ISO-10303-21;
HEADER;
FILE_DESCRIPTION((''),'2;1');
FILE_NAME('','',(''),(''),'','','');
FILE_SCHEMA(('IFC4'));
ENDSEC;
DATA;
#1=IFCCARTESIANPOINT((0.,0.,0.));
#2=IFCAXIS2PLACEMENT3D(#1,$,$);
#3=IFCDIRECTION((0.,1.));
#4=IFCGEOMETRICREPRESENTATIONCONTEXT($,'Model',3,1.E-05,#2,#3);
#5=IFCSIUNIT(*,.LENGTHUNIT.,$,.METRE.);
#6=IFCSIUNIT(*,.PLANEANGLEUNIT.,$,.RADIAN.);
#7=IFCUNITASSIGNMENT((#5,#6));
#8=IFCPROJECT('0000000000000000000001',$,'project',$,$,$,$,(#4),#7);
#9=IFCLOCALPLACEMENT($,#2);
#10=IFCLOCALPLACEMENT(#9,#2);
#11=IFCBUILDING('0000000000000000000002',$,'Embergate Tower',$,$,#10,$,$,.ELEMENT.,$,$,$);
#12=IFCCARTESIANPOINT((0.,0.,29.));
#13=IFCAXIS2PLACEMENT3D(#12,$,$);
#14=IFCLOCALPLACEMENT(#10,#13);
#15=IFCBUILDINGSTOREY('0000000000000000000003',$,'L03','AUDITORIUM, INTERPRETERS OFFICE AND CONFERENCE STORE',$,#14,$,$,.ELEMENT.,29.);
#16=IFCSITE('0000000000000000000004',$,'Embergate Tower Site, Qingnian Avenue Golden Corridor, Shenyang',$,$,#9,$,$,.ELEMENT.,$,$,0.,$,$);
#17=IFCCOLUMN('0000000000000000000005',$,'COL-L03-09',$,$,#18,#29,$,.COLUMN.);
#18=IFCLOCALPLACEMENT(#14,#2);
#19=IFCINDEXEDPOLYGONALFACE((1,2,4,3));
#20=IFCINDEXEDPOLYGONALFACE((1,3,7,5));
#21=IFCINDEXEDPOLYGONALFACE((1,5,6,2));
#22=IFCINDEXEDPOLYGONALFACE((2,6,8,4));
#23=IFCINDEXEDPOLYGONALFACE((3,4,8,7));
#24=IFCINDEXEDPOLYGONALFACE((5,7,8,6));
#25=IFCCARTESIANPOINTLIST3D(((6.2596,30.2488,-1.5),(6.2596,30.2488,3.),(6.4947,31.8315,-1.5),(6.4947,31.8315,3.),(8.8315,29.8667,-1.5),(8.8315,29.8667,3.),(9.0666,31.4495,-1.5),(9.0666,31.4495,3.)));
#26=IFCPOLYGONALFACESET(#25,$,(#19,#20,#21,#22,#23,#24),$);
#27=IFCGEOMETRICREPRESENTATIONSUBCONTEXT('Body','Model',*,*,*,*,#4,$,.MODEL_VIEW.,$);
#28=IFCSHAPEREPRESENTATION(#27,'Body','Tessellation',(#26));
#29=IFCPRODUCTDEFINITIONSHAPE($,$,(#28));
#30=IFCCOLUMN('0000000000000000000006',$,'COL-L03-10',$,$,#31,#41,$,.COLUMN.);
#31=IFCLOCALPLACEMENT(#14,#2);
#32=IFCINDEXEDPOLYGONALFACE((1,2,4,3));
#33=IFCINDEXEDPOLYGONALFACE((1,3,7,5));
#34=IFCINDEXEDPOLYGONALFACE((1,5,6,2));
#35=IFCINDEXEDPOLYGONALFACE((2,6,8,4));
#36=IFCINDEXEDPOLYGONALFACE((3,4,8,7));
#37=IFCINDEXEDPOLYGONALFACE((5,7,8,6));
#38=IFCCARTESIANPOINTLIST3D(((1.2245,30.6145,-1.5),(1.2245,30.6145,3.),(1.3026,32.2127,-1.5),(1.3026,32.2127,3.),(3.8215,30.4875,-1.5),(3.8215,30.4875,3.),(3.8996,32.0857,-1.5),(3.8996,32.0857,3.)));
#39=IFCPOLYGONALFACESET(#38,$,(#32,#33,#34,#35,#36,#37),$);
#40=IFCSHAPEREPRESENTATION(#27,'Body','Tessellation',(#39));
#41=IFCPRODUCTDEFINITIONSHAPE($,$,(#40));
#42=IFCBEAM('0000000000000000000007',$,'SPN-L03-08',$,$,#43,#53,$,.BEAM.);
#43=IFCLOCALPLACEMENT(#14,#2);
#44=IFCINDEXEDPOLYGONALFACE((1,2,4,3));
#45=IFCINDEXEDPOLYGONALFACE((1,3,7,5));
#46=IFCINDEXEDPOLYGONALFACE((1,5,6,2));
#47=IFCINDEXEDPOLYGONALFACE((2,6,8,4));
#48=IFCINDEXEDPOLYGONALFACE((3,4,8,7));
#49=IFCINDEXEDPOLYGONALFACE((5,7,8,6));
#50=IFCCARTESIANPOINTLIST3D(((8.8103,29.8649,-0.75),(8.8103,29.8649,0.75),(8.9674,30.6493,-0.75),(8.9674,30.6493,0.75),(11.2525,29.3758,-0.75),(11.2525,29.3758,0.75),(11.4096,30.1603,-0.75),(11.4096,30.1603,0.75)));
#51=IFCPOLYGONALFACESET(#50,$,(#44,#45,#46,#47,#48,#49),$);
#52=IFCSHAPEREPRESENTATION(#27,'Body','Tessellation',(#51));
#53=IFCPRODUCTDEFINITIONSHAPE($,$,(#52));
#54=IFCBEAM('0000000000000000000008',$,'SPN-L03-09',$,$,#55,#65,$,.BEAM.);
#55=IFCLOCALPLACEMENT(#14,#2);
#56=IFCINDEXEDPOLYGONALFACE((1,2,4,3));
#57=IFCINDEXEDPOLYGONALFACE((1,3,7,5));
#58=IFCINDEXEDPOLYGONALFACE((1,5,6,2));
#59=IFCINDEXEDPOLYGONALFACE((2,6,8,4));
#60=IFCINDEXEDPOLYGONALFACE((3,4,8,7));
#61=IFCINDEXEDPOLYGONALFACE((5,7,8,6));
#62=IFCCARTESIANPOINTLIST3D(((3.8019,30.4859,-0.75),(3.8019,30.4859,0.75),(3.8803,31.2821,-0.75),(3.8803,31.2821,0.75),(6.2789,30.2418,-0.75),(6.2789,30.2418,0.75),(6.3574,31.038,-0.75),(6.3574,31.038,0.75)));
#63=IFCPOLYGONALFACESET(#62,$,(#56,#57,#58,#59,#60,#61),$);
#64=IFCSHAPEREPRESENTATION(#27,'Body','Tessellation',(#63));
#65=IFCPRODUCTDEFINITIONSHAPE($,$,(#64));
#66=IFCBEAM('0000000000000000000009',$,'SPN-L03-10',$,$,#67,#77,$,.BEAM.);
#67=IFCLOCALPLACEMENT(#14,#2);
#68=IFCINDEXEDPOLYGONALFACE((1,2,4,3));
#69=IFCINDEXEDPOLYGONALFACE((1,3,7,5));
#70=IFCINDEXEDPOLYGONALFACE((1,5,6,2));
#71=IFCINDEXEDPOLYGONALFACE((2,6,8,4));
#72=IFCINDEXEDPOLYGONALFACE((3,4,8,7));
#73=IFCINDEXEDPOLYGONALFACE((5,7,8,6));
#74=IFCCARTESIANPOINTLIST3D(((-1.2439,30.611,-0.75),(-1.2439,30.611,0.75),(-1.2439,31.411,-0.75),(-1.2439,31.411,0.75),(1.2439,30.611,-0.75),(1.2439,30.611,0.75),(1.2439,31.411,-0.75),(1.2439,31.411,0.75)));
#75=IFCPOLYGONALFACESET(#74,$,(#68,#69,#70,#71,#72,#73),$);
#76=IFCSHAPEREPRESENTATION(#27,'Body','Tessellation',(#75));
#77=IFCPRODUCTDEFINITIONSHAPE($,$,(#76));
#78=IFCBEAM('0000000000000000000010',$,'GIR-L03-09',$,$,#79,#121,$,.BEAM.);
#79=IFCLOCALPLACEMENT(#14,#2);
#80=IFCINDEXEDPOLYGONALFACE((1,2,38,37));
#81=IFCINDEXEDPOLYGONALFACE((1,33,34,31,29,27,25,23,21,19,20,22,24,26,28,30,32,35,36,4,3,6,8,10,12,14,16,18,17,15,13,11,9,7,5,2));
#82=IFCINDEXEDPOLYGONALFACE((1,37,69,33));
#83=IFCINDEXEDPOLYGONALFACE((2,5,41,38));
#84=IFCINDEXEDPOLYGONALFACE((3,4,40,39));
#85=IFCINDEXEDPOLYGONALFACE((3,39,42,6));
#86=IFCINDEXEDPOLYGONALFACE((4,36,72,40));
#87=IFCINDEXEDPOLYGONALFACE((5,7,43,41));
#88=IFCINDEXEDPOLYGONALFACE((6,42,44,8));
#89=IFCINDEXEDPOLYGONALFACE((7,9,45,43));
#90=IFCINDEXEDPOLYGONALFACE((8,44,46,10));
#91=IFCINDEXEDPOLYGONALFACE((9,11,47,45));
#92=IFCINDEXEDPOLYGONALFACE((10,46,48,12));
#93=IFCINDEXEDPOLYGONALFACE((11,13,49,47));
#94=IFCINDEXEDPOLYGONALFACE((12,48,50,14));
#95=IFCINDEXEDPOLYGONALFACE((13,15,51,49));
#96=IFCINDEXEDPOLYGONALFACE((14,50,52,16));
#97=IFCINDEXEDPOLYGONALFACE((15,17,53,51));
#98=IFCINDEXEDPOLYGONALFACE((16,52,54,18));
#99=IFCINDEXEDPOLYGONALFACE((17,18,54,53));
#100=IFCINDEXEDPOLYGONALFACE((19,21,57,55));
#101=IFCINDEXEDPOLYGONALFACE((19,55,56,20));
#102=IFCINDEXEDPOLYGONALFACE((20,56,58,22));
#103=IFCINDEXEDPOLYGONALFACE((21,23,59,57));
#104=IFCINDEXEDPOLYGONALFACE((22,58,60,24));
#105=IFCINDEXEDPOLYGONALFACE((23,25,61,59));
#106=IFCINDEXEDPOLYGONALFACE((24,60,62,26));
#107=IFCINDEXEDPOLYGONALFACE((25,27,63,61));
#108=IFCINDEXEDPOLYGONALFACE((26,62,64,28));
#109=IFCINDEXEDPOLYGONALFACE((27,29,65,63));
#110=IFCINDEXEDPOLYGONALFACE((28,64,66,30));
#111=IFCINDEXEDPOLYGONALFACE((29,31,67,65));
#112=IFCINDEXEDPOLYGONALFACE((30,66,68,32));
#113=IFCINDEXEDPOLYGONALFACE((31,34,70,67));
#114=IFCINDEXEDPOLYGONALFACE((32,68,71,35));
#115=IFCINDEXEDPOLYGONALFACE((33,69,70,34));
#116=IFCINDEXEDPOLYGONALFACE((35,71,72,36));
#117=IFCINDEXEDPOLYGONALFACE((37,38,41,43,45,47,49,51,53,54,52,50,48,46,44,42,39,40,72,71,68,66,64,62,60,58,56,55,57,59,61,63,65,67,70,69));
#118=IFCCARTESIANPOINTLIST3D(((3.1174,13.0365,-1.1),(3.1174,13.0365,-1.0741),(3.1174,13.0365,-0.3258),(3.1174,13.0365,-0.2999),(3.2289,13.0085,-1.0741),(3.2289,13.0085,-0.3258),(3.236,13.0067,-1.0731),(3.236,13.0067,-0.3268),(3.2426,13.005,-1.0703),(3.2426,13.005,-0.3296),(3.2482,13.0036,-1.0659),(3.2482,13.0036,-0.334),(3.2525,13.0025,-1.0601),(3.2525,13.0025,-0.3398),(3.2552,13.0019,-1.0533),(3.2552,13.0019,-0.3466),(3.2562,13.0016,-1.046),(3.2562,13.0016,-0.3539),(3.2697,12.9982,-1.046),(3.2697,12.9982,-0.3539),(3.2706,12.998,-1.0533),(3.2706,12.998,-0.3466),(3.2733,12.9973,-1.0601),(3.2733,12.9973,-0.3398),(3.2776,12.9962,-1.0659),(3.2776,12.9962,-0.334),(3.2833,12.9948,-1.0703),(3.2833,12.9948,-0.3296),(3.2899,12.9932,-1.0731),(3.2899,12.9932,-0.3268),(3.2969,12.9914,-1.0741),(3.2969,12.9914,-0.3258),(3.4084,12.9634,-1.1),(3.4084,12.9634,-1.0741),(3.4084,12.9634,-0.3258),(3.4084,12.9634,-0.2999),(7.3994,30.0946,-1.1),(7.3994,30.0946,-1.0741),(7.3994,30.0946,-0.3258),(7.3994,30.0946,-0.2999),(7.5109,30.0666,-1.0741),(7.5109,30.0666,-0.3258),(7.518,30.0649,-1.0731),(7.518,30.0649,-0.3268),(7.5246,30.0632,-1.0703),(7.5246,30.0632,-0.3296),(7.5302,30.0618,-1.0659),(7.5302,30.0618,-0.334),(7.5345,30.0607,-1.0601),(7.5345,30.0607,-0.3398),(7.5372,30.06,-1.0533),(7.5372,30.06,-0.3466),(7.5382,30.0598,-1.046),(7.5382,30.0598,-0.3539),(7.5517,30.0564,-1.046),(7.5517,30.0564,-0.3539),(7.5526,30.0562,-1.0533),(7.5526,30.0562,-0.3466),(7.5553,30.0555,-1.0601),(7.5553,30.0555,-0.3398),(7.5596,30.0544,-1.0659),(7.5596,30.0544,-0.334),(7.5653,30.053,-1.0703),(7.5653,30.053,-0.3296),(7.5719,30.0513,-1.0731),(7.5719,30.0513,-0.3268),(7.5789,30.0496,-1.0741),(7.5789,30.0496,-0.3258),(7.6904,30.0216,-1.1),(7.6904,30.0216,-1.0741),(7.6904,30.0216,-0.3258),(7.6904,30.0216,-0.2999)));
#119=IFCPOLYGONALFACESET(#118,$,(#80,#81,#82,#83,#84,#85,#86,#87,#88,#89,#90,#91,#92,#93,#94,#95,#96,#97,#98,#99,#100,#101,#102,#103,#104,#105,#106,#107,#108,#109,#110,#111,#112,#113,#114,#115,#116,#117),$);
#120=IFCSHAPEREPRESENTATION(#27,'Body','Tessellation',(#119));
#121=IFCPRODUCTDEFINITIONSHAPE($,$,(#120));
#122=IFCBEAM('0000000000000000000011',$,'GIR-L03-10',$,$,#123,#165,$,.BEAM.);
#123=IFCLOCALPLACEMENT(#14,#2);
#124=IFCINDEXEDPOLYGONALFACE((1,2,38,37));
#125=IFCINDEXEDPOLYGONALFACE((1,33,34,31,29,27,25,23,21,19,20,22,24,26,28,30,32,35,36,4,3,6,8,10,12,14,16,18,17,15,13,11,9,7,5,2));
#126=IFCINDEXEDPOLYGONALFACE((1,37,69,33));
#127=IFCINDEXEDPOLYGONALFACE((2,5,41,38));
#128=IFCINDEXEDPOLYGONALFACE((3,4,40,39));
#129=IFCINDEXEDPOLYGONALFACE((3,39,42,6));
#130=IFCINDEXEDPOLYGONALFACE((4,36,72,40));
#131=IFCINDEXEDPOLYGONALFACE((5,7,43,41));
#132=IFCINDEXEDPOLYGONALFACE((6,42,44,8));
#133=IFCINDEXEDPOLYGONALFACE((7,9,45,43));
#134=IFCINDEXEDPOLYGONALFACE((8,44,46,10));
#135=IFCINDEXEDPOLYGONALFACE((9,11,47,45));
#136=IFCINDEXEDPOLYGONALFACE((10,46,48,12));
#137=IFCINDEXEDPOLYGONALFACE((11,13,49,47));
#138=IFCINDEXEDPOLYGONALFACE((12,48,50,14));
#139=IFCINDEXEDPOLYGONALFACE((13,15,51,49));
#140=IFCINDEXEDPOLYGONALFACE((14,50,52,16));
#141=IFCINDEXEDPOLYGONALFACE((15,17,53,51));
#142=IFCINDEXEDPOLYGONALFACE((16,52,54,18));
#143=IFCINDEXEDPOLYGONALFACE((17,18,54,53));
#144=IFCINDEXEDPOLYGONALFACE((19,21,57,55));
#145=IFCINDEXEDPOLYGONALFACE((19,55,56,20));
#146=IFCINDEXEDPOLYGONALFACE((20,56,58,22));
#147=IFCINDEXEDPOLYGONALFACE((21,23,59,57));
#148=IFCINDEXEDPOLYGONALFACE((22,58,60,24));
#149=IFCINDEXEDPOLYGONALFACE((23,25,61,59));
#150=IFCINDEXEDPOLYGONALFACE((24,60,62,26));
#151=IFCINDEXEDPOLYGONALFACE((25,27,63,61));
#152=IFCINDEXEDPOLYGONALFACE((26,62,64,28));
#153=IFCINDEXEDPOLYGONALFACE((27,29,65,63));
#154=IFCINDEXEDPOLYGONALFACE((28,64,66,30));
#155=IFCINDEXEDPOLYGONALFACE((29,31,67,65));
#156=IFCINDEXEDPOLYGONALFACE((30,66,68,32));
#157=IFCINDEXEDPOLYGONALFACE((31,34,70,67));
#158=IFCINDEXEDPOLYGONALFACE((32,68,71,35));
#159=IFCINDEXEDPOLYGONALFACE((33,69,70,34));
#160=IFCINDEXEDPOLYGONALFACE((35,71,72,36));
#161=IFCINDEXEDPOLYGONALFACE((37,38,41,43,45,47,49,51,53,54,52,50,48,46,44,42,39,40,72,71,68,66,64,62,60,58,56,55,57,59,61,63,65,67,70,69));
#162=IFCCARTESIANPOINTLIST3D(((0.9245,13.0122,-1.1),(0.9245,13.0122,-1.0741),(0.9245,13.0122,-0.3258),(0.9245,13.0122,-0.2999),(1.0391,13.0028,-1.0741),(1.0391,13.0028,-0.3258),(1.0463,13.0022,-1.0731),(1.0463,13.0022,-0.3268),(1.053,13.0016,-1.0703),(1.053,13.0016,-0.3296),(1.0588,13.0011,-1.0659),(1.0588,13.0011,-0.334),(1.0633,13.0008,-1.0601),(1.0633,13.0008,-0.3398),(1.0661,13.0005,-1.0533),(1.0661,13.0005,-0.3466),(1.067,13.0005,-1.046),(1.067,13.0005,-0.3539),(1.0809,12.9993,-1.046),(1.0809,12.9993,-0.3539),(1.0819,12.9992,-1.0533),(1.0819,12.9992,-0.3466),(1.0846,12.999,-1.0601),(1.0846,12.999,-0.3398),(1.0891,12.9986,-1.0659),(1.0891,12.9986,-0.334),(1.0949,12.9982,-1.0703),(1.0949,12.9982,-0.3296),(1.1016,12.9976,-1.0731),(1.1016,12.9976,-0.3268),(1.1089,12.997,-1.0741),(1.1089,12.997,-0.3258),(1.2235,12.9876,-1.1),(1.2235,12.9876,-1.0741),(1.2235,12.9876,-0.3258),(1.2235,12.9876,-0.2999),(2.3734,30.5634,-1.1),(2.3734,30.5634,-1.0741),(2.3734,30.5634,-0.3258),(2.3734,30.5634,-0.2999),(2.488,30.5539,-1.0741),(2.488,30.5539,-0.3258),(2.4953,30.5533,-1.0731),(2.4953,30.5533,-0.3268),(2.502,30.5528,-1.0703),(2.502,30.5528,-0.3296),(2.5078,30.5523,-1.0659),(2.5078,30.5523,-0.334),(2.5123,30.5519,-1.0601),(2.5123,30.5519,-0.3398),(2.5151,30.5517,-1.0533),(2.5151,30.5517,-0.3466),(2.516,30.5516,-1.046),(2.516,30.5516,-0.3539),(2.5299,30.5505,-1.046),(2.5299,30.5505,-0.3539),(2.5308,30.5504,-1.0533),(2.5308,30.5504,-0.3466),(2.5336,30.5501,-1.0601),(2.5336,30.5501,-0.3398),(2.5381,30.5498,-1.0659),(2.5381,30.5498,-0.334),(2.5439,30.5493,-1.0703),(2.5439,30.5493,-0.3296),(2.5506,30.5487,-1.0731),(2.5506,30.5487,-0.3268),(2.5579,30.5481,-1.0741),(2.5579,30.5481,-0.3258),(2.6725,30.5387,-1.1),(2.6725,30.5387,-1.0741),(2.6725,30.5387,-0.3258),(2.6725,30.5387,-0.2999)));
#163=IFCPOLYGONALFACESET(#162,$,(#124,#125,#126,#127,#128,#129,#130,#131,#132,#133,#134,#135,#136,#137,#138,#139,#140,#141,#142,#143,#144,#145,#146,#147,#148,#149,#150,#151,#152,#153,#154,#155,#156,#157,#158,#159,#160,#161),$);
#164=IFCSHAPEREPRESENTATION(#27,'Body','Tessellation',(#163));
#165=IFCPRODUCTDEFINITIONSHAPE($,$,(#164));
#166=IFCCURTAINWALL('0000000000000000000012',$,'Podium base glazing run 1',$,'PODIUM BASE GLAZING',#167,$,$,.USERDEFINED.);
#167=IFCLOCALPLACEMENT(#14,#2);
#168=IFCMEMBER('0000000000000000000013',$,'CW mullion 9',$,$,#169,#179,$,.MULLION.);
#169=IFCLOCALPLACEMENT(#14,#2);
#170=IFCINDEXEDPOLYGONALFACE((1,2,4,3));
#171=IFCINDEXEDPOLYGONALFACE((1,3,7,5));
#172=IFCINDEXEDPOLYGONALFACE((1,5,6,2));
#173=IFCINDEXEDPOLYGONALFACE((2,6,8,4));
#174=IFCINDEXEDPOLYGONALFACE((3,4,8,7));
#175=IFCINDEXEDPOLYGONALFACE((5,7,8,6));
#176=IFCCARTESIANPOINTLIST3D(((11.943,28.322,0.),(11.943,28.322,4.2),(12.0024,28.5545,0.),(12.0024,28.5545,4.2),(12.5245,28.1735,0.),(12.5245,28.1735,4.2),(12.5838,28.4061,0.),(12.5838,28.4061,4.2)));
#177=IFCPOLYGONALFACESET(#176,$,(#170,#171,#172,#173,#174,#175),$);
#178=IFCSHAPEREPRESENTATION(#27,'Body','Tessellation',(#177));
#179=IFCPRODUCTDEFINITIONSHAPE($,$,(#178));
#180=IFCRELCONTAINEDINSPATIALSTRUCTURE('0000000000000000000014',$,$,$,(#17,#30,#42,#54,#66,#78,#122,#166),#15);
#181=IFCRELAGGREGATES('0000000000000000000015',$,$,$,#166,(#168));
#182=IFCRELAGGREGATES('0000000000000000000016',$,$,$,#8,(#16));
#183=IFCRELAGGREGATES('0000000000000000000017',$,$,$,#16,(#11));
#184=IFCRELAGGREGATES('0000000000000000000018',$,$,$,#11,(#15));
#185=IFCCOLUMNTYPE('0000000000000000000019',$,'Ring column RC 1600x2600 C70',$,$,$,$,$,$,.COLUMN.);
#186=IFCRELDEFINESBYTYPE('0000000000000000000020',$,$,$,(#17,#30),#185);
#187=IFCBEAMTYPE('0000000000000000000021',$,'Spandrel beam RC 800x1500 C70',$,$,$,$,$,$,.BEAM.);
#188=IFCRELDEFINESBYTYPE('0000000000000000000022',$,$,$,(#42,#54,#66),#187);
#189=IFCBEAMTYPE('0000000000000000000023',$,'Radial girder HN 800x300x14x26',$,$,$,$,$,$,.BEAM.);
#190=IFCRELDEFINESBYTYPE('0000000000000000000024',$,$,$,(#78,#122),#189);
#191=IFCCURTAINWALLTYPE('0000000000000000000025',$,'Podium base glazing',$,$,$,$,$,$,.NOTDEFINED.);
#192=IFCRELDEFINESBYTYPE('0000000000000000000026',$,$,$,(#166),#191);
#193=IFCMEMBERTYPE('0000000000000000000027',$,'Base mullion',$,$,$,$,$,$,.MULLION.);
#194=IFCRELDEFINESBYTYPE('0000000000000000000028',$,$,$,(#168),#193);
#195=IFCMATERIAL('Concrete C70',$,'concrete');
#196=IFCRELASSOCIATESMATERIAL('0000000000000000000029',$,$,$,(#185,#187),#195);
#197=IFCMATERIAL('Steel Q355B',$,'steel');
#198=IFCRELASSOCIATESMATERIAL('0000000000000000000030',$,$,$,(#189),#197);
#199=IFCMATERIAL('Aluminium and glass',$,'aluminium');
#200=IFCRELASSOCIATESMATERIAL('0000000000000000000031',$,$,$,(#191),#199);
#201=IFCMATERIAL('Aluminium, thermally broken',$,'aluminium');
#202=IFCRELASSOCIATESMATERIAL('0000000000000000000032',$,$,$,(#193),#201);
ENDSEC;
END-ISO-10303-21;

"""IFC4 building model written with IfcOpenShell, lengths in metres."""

from ifc_helpers import new_model, si_unit, direction, frame, origin, origin_2d, place, context, subcontext, project, spatial, rectangle, i_section, extrude, source, transform, mapped, material, material_profile, profile_set, type_object, element, aggregate, save


model = new_model("IFC4")

# Units and contexts
model_context = context("Model", 3, precision=1e-05, world=origin(), true_north=direction((0.0, 1.0)))
body_context = subcontext(model_context, "Body", "Model", "MODEL_VIEW")
ifc_project = project(units=[si_unit("LENGTHUNIT", "METRE"), si_unit("PLANEANGLEUNIT", "RADIAN")], contexts=[model_context])

# Site, building, storey
site_placement = place(None, origin())
site = spatial("IfcSite", under=ifc_project, at=site_placement, Name="Embergate Tower Site, Qingnian Avenue Golden Corridor, Shenyang", CompositionType="ELEMENT", RefElevation=0.0)
building_placement = place(site_placement, origin())
building = spatial("IfcBuilding", under=site, at=building_placement, Name="Embergate Tower", CompositionType="ELEMENT")
storey_placement = place(building_placement, frame((0.0, 0.0, 29.0)))
storey = spatial("IfcBuildingStorey", under=building, at=storey_placement, Name="L03", Description="AUDITORIUM, INTERPRETERS OFFICE AND CONFERENCE STORE", CompositionType="ELEMENT", Elevation=29.0)

# Columns
ifc_material_1 = material(Name="Concrete C70", Category="concrete")
ifc_material_profile_1 = material_profile(ifc_material_1, rectangle(XDim=1.6001, YDim=2.6001, at=origin_2d()), Name="RC 1600x2600")
ifc_profile_set_1 = profile_set([ifc_material_profile_1], Name="Concrete C70")
column_type = type_object("IfcColumnType", Name="Ring column RC 1600x2600 C70", PredefinedType="COLUMN", material=ifc_profile_set_1)
shared_shape_1 = source(origin(), body_context, "Body", "SweptSolid", [
    extrude(rectangle(XDim=1.6001, YDim=2.6001, at=origin_2d()), origin(), (0.0, 0.0, 1.0), 4.5),
])
for number, where, z_axis, x_axis, name in (
    (1, (7.6631, 30.8491, -1.5), (0.0, 0.0, 1.0), (0.146929, 0.989147, 0.0), "COL-L03-09"),
    (2, (2.562, 31.3501, -1.5), (0.0, 0.0, 1.0), (0.048815, 0.998808, 0.0), "COL-L03-10"),
):
    element("IfcColumn", number, at=place(storey_placement, frame(where, z_axis=z_axis, x_axis=x_axis)), inside=storey, type_object=column_type, Name=name, PredefinedType="COLUMN", context=body_context, shape_type="MappedRepresentation", body=[
        mapped(shared_shape_1, transform((0.0, 0.0, 0.0))),
    ])

# Beams
ifc_material_profile_2 = material_profile(ifc_material_1, rectangle(XDim=0.8, YDim=1.5, at=origin_2d()), Name="RC 800x1500")
ifc_profile_set_2 = profile_set([ifc_material_profile_2], Name="Concrete C70")
beam_type_1 = type_object("IfcBeamType", Name="Spandrel beam RC 800x1500 C70", PredefinedType="BEAM", material=ifc_profile_set_2)
shared_shape_2 = source(origin(), body_context, "Body", "SweptSolid", [
    extrude(rectangle(XDim=0.8, YDim=1.5, at=origin_2d()), origin(), (0.0, 0.0, 1.0), 2.4907),
])
beam_1_placement = place(storey_placement, frame((11.3311, 29.7681, 0.0), z_axis=(-0.980535, 0.196342, 0.0), x_axis=(-0.196342, -0.980535, 0.0)))
element("IfcBeam", 3, at=beam_1_placement, inside=storey, type_object=beam_type_1, Name="SPN-L03-08", PredefinedType="BEAM", context=body_context, shape_type="MappedRepresentation", body=[
    mapped(shared_shape_2, transform((0.0, 0.0, 0.0))),
])
shared_shape_3 = source(origin(), body_context, "Body", "SweptSolid", [
    extrude(rectangle(XDim=0.8, YDim=1.5, at=origin_2d()), origin(), (0.0, 0.0, 1.0), 2.489),
])
beam_2_placement = place(storey_placement, frame((6.3181, 30.6399, 0.0), z_axis=(-0.995178, 0.098086, 0.0), x_axis=(-0.098086, -0.995178, 0.0)))
element("IfcBeam", 4, at=beam_2_placement, inside=storey, type_object=beam_type_1, Name="SPN-L03-09", PredefinedType="BEAM", context=body_context, shape_type="MappedRepresentation", body=[
    mapped(shared_shape_3, transform((0.0, 0.0, 0.0))),
])
shared_shape_4 = source(origin(), body_context, "Body", "SweptSolid", [
    extrude(rectangle(XDim=0.8, YDim=1.5, at=origin_2d()), origin(), (0.0, 0.0, 1.0), 2.4878),
])
beam_3_placement = place(storey_placement, frame((1.2439, 31.011, 0.0), z_axis=(-1.0, 0.0, 0.0), x_axis=(0.0, -1.0, 0.0)))
element("IfcBeam", 5, at=beam_3_placement, inside=storey, type_object=beam_type_1, Name="SPN-L03-10", PredefinedType="BEAM", context=body_context, shape_type="MappedRepresentation", body=[
    mapped(shared_shape_4, transform((0.0, 0.0, 0.0))),
])
ifc_material_2 = material(Name="Steel Q355B", Category="steel")
ifc_material_profile_3 = material_profile(ifc_material_2, i_section(OverallWidth=0.3, OverallDepth=0.8, WebThickness=0.0139, FlangeThickness=0.0259, FilletRadius=0.0281, at=origin_2d()), Name="HN 800x300x14x26")
ifc_profile_set_3 = profile_set([ifc_material_profile_3], Name="Steel Q355 grade B")
beam_type_2 = type_object("IfcBeamType", Name="Radial girder HN 800x300x14x26", PredefinedType="BEAM", material=ifc_profile_set_3)
shared_shape_5 = source(origin(), body_context, "Body", "SweptSolid", [
    extrude(i_section(OverallWidth=0.3, OverallDepth=0.8, WebThickness=0.0139, FlangeThickness=0.0259, FilletRadius=0.0281, at=origin_2d()), origin(), (0.0, 0.0, 1.0), 17.5874),
])
beam_4_placement = place(storey_placement, frame((7.5449, 30.0581, -0.7), z_axis=(-0.24347, -0.969909, 0.0), x_axis=(0.969909, -0.24347, 0.0)))
element("IfcBeam", 6, at=beam_4_placement, inside=storey, type_object=beam_type_2, Name="GIR-L03-09", PredefinedType="BEAM", context=body_context, shape_type="MappedRepresentation", body=[
    mapped(shared_shape_5, transform((0.0, 0.0, 0.0))),
])
shared_shape_6 = source(origin(), body_context, "Body", "SweptSolid", [
    extrude(i_section(OverallWidth=0.3, OverallDepth=0.8, WebThickness=0.0139, FlangeThickness=0.0259, FilletRadius=0.0281, at=origin_2d()), origin(), (0.0, 0.0, 1.0), 17.6108),
])
beam_5_placement = place(storey_placement, frame((2.5229, 30.551, -0.7), z_axis=(-0.082278, -0.996609, 0.0), x_axis=(0.996609, -0.082278, 0.0)))
element("IfcBeam", 7, at=beam_5_placement, inside=storey, type_object=beam_type_2, Name="GIR-L03-10", PredefinedType="BEAM", context=body_context, shape_type="MappedRepresentation", body=[
    mapped(shared_shape_6, transform((0.0, 0.0, 0.0))),
])

# Curtain wall, member
ifc_material_3 = material(Name="Aluminium and glass", Category="aluminium")
curtain_wall_type = type_object("IfcCurtainWallType", Name="Podium base glazing", PredefinedType="NOTDEFINED", material=ifc_material_3)
curtain_wall_placement = place(storey_placement, origin())
curtain_wall = element("IfcCurtainWall", 8, at=curtain_wall_placement, inside=storey, type_object=curtain_wall_type, Name="Podium base glazing run 1", ObjectType="PODIUM BASE GLAZING", PredefinedType="USERDEFINED")
ifc_material_4 = material(Name="Aluminium, thermally broken", Category="aluminium")
ifc_material_profile_4 = material_profile(ifc_material_4, rectangle(XDim=0.24, YDim=0.6001, at=origin_2d()), Name="AL 600x240")
ifc_profile_set_4 = profile_set([ifc_material_profile_4], Name="Aluminium, thermally broken")
member_type = type_object("IfcMemberType", Name="Base mullion", PredefinedType="MULLION", material=ifc_profile_set_4)
shared_shape_7 = source(origin(), body_context, "Body", "SweptSolid", [
    extrude(rectangle(XDim=0.24, YDim=0.6001, at=origin_2d()), origin(), (0.0, 0.0, 1.0), 4.2),
])
member_1_placement = place(storey_placement, frame((12.2634, 28.364, 0.0), z_axis=(0.0, 0.0, 1.0), x_axis=(-0.247317, -0.968935, 0.0)))
member_1 = element("IfcMember", 9, at=member_1_placement, type_object=member_type, Name="CW mullion 9", PredefinedType="MULLION", context=body_context, shape_type="MappedRepresentation", body=[
    mapped(shared_shape_7, transform((0.0, 0.0, 0.0))),
])
aggregate(curtain_wall, [member_1])

save(model, "model.ifc")
